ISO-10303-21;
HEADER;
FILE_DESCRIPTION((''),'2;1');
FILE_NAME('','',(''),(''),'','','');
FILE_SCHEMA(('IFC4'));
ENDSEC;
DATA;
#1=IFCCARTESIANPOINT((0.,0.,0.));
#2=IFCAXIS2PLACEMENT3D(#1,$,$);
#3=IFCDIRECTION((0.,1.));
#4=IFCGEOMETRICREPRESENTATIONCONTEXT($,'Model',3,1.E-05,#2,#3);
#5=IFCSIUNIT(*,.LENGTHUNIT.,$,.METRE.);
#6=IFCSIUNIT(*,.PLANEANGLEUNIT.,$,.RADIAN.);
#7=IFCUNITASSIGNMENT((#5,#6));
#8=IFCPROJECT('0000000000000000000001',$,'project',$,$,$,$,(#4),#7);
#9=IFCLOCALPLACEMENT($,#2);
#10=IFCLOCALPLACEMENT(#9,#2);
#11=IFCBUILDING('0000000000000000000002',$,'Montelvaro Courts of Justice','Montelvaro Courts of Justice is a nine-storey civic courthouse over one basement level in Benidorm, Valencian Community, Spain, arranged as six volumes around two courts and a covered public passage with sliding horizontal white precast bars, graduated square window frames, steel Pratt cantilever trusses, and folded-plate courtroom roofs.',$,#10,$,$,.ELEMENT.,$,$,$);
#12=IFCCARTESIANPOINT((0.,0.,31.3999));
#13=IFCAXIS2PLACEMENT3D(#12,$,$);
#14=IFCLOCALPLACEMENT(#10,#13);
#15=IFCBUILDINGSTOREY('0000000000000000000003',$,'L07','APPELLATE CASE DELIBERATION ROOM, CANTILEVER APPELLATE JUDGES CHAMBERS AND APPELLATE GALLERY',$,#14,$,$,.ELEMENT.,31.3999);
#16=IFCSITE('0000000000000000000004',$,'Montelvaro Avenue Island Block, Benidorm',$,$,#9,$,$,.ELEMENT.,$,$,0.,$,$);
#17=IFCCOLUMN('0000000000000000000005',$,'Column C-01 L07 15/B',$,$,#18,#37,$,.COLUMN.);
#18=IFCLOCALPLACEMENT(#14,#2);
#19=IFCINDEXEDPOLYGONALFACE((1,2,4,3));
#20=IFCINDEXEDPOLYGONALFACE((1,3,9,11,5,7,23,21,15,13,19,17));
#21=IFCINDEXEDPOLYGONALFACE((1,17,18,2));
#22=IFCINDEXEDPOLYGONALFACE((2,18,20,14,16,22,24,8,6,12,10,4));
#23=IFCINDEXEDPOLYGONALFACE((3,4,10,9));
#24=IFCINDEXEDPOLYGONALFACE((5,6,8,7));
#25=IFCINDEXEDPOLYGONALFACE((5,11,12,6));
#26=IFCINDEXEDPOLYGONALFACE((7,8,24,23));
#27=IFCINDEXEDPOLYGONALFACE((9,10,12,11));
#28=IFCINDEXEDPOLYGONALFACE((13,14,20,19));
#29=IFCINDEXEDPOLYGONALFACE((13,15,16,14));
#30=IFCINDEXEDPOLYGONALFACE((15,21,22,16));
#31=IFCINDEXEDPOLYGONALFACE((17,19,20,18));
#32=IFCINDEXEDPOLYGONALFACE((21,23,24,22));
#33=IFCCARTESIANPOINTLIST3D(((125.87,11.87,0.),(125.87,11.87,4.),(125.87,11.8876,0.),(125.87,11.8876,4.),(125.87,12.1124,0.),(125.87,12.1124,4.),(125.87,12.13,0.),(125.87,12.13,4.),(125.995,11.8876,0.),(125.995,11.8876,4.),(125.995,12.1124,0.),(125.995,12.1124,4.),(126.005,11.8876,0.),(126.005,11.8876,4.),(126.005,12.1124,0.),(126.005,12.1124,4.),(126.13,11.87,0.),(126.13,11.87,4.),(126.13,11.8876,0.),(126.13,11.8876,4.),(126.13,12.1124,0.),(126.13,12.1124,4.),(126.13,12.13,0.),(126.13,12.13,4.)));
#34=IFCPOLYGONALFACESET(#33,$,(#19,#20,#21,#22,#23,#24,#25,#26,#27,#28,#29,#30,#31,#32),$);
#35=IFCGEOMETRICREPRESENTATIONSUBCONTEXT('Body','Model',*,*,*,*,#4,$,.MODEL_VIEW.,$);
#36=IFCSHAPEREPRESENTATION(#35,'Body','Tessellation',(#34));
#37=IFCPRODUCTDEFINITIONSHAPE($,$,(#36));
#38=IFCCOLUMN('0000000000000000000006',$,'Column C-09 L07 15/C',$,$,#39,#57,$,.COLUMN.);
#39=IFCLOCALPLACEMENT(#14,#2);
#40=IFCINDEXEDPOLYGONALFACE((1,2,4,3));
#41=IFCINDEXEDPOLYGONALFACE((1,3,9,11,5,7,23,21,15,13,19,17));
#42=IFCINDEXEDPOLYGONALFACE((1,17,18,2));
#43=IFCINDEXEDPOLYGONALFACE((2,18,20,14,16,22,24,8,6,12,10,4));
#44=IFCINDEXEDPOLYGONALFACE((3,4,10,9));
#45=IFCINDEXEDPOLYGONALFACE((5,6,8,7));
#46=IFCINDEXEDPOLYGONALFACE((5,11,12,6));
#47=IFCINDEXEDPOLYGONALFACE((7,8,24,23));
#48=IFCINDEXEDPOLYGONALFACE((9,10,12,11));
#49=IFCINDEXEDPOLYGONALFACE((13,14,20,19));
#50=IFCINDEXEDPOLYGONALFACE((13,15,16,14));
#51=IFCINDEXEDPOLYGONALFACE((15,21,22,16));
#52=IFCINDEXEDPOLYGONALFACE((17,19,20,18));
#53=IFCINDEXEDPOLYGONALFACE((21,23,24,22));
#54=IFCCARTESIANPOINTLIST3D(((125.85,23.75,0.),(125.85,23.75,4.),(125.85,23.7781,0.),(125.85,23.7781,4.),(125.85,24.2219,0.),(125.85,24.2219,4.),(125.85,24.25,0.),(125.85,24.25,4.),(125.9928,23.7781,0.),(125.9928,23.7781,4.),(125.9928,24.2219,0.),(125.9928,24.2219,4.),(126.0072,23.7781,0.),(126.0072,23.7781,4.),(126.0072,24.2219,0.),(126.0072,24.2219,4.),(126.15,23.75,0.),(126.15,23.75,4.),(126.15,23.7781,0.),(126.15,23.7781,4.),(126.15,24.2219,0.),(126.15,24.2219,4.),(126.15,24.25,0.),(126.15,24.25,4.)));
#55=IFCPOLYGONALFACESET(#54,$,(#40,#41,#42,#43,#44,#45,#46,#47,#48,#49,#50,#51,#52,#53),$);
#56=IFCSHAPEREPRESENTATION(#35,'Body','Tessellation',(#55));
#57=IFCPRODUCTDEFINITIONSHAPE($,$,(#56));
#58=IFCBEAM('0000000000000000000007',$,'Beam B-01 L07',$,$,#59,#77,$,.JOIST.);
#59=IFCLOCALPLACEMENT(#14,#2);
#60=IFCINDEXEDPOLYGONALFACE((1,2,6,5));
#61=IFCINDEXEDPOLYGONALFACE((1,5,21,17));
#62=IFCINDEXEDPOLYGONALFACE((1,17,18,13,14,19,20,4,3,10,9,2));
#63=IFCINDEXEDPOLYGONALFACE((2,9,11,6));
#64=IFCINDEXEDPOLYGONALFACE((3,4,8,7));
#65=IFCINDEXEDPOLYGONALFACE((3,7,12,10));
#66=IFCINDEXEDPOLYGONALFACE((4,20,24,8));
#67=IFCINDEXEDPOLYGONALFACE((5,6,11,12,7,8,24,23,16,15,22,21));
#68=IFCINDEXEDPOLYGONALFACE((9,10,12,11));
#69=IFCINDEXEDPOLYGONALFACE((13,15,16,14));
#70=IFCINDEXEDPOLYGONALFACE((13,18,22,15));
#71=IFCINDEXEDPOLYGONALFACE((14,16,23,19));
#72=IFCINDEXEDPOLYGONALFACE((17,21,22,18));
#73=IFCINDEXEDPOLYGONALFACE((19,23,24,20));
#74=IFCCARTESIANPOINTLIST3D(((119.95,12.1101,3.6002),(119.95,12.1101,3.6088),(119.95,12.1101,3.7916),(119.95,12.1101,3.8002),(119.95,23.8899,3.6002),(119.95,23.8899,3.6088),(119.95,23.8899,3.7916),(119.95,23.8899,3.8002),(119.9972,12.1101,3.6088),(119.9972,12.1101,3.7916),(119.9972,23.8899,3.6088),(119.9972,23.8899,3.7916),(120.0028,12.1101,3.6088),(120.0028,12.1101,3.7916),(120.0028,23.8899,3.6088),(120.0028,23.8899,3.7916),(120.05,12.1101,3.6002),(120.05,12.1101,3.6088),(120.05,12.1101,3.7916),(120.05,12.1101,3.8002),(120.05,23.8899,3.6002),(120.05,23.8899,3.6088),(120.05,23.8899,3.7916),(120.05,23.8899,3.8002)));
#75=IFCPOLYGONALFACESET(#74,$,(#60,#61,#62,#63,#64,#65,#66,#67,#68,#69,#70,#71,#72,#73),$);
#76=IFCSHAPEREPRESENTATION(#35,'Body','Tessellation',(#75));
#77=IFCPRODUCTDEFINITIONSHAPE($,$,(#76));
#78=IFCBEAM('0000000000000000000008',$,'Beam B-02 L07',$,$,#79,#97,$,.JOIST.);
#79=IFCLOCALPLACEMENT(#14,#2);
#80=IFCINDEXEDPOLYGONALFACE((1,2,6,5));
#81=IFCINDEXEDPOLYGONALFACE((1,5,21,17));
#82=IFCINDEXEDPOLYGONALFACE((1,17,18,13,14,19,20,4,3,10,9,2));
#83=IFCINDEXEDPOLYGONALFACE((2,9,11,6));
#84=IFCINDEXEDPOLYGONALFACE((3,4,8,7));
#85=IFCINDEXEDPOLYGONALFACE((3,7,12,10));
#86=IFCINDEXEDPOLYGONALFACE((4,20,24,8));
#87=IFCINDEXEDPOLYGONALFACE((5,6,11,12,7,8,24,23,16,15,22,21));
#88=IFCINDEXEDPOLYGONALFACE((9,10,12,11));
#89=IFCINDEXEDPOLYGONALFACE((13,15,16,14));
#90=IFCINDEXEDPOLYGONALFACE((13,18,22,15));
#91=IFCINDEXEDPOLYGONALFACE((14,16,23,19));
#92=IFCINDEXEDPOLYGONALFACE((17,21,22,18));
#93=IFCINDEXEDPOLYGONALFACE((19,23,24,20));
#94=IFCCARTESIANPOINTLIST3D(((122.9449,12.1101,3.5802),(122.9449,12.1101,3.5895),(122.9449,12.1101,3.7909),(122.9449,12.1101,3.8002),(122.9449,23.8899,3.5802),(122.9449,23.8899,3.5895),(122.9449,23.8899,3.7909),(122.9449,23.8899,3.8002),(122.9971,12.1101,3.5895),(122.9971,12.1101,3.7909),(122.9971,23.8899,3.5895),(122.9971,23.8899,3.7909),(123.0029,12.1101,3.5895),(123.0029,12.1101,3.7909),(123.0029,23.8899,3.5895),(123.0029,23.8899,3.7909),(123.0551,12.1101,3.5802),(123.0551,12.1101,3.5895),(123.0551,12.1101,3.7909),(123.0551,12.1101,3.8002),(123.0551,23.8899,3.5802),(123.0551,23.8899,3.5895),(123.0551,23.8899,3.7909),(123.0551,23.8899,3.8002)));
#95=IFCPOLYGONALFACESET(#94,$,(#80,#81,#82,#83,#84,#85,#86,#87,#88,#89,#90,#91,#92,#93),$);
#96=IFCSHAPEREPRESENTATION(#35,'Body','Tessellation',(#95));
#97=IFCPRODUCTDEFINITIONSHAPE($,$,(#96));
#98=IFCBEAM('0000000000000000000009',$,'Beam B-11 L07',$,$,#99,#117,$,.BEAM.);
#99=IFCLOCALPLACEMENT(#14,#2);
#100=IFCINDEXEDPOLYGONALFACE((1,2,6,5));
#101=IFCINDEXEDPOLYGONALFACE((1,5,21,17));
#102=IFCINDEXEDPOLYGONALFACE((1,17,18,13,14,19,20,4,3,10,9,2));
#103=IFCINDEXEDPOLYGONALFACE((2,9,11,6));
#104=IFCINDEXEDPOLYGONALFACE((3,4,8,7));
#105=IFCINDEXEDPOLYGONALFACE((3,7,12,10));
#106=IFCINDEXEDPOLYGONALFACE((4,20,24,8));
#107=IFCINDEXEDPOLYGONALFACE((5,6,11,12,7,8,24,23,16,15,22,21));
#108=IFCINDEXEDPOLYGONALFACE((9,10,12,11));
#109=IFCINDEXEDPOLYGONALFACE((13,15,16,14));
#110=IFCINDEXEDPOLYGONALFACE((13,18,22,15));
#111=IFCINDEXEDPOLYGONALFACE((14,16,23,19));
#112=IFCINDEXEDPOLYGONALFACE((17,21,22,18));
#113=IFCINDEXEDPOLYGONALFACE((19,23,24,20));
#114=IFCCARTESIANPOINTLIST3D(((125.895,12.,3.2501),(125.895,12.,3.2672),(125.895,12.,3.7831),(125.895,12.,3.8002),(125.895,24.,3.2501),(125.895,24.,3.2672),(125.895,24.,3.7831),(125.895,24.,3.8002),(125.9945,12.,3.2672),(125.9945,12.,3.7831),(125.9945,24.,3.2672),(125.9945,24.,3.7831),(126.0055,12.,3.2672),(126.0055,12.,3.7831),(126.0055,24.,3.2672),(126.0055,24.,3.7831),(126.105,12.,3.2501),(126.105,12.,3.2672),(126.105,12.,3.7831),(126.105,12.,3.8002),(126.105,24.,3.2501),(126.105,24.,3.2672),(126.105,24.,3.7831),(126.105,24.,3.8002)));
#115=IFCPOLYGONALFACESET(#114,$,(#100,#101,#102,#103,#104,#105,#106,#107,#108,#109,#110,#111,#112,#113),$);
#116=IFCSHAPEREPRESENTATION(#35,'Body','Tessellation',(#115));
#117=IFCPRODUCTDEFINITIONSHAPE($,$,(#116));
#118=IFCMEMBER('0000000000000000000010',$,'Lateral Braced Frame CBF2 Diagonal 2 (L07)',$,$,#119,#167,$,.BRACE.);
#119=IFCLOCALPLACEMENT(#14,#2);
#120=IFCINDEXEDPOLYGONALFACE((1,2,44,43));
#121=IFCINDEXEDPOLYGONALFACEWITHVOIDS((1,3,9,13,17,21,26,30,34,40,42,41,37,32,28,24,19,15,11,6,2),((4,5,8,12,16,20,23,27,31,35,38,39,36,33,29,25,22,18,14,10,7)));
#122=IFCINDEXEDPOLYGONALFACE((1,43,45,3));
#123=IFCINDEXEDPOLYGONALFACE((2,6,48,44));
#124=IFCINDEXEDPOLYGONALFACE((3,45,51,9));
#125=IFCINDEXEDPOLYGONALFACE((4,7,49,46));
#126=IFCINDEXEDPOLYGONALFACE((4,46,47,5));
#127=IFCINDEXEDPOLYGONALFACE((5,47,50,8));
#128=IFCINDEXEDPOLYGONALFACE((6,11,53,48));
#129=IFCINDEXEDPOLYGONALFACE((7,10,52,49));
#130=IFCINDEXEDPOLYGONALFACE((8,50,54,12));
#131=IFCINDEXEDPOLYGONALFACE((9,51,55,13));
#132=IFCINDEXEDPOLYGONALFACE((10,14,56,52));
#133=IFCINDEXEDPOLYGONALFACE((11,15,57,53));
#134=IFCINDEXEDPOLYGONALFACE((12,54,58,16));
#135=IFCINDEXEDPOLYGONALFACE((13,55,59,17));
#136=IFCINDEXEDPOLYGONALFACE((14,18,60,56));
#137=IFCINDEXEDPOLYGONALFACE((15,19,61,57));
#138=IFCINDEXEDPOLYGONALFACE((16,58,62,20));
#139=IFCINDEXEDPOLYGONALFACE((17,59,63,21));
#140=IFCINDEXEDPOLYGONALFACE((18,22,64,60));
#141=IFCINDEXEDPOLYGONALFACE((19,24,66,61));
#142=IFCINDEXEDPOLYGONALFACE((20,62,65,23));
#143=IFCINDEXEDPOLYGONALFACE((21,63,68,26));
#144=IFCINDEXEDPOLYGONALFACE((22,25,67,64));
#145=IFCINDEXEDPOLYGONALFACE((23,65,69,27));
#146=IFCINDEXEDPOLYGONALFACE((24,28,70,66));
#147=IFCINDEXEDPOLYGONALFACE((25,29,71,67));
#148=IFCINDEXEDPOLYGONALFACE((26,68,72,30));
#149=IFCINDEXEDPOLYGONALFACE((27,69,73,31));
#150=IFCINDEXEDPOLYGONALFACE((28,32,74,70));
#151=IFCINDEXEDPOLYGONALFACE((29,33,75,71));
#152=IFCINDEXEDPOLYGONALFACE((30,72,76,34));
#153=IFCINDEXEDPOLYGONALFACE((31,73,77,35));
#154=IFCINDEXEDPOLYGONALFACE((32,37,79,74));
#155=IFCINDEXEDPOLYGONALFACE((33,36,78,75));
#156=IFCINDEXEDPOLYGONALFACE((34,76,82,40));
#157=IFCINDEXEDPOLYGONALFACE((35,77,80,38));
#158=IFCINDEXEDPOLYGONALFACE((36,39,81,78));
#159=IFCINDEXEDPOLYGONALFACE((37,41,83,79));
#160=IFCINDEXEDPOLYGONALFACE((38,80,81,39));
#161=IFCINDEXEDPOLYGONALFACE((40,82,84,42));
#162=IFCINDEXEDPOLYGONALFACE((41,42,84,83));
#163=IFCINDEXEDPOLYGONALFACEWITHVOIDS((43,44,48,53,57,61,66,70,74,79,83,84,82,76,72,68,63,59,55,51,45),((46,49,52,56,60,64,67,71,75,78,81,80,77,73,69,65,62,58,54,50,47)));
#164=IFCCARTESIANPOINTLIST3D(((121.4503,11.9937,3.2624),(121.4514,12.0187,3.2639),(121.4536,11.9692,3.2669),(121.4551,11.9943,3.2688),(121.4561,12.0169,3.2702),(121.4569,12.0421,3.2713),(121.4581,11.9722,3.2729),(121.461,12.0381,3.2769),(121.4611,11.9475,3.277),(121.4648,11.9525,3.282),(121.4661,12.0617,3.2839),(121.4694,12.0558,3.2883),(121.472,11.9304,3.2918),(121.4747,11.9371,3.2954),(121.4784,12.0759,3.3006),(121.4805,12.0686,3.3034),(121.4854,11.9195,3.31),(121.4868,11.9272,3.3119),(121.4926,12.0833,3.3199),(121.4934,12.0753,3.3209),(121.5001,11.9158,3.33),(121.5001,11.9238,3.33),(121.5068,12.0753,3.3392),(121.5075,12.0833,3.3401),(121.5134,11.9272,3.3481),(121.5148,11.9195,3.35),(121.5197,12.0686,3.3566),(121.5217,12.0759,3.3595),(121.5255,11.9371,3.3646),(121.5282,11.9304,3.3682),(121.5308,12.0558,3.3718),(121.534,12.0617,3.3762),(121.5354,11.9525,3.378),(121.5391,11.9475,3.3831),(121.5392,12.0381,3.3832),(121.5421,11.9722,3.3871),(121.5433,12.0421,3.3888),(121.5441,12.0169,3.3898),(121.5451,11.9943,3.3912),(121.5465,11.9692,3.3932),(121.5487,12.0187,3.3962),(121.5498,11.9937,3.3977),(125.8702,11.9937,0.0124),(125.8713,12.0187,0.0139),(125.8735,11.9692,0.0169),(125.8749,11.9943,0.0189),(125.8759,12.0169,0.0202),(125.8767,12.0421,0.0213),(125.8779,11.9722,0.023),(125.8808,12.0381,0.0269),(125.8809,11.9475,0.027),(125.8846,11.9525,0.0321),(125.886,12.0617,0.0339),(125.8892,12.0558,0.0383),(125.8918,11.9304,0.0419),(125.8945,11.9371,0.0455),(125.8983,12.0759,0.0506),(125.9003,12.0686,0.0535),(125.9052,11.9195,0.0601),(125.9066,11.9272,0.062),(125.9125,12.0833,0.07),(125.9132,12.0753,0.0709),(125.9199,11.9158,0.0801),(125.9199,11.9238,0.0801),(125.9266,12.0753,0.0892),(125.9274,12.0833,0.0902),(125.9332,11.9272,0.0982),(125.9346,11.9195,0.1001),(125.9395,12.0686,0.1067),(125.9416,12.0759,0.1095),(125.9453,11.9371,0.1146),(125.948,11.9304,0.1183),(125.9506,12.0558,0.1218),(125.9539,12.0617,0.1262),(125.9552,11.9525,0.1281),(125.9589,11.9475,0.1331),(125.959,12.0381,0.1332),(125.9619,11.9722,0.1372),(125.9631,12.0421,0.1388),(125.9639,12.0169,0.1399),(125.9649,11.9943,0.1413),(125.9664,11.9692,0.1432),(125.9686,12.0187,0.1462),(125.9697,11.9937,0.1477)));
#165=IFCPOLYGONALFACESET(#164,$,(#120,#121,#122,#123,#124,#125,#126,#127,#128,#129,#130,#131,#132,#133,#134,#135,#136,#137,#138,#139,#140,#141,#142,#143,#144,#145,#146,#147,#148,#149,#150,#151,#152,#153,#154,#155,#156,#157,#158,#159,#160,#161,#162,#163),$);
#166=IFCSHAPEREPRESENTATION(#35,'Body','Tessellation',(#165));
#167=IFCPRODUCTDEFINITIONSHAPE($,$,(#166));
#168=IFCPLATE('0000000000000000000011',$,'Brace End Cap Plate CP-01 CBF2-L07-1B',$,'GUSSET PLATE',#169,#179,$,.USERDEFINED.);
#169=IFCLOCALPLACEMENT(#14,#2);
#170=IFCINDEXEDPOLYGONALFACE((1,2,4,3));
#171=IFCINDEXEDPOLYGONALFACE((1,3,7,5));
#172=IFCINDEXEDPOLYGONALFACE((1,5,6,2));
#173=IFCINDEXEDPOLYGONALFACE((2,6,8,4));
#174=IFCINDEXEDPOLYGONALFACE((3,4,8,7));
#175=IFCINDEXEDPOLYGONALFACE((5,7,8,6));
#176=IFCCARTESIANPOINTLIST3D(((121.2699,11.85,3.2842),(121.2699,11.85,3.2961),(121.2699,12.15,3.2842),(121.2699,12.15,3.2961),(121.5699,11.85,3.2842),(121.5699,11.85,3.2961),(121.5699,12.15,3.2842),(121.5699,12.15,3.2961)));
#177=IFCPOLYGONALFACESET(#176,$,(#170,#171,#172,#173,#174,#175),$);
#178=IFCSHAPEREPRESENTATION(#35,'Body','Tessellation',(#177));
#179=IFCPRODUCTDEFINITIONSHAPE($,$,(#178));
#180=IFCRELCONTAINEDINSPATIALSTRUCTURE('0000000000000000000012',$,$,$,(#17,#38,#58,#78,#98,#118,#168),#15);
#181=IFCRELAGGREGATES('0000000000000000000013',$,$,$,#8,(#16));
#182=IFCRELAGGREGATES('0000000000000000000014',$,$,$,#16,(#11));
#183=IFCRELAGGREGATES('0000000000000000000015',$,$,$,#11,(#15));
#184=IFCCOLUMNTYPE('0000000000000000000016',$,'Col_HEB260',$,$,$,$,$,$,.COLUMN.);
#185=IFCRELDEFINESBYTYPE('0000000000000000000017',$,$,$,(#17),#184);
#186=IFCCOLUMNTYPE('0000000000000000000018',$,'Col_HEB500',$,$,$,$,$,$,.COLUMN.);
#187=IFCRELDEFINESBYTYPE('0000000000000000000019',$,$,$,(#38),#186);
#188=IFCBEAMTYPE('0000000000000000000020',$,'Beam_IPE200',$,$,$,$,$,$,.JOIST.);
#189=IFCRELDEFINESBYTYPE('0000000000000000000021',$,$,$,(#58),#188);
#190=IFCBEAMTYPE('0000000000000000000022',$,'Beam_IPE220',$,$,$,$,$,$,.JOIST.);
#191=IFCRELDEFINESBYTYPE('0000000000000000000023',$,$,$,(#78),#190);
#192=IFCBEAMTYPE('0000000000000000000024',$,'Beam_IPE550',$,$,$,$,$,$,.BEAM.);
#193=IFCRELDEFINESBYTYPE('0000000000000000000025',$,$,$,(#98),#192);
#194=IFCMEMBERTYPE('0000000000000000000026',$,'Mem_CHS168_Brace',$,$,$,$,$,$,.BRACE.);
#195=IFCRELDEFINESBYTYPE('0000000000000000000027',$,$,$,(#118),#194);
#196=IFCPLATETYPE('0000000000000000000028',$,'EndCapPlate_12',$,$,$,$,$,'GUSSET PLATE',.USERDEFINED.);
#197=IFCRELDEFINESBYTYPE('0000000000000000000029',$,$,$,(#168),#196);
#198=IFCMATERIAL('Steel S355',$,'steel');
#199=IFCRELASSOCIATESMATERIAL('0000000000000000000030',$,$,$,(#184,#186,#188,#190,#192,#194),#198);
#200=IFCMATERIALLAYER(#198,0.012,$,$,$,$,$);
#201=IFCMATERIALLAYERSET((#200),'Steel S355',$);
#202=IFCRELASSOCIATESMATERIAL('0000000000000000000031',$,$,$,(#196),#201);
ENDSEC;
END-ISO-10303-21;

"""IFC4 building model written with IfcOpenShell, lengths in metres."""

from ifc_helpers import new_model, si_unit, direction, frame, origin, origin_2d, place, context, subcontext, project, spatial, rectangle, hollow_circle, i_section, extrude, material, layer, layer_set, material_profile, profile_set, type_object, element, save


model = new_model("IFC4")

# Units and contexts
model_context = context("Model", 3, precision=1e-05, world=origin(), true_north=direction((0.0, 1.0)))
body_context = subcontext(model_context, "Body", "Model", "MODEL_VIEW")
ifc_project = project(units=[si_unit("LENGTHUNIT", "METRE"), si_unit("PLANEANGLEUNIT", "RADIAN")], contexts=[model_context])

# Site, building, storey
site_placement = place(None, origin())
site = spatial("IfcSite", under=ifc_project, at=site_placement, Name="Montelvaro Avenue Island Block, Benidorm", CompositionType="ELEMENT", RefElevation=0.0)
building_placement = place(site_placement, origin())
building = spatial("IfcBuilding", under=site, at=building_placement, Name="Montelvaro Courts of Justice", Description="Montelvaro Courts of Justice is a nine-storey civic courthouse over one basement level in Benidorm, Valencian Community, Spain, arranged as six volumes around two courts and a covered public passage with sliding horizontal white precast bars, graduated square window frames, steel Pratt cantilever trusses, and folded-plate courtroom roofs.", CompositionType="ELEMENT")
storey_placement = place(building_placement, frame((0.0, 0.0, 31.3999)))
storey = spatial("IfcBuildingStorey", under=building, at=storey_placement, Name="L07", Description="APPELLATE CASE DELIBERATION ROOM, CANTILEVER APPELLATE JUDGES CHAMBERS AND APPELLATE GALLERY", CompositionType="ELEMENT", Elevation=31.3999)

# Columns
ifc_material_1 = material(Name="Steel S355", Category="steel")
ifc_material_profile_1 = material_profile(ifc_material_1, i_section(OverallWidth=0.26, OverallDepth=0.26, WebThickness=0.01, FlangeThickness=0.0176, at=origin_2d()), Name="HEB 260")
ifc_profile_set_1 = profile_set([ifc_material_profile_1], Name="Steel S355")
column_type_1 = type_object("IfcColumnType", Name="Col_HEB260", PredefinedType="COLUMN", material=ifc_profile_set_1)
column_1_placement = place(storey_placement, frame((126.0, 12.0, 0.0), z_axis=(0.0, 0.0, 1.0), x_axis=(1.0, 0.0, 0.0)))
element("IfcColumn", 1, at=column_1_placement, inside=storey, type_object=column_type_1, Name="Column C-01 L07 15/B", PredefinedType="COLUMN", context=body_context, shape_type="SweptSolid", body=[
    extrude(i_section(OverallWidth=0.26, OverallDepth=0.26, WebThickness=0.01, FlangeThickness=0.0176, at=origin_2d()), origin(), (0.0, 0.0, 1.0), 4.0),
])
ifc_material_profile_2 = material_profile(ifc_material_1, i_section(OverallWidth=0.3, OverallDepth=0.5, WebThickness=0.0144, FlangeThickness=0.0281, at=origin_2d()), Name="HEB 500")
ifc_profile_set_2 = profile_set([ifc_material_profile_2], Name="Steel S355")
column_type_2 = type_object("IfcColumnType", Name="Col_HEB500", PredefinedType="COLUMN", material=ifc_profile_set_2)
column_2_placement = place(storey_placement, frame((126.0, 24.0, 0.0), z_axis=(0.0, 0.0, 1.0), x_axis=(1.0, 0.0, 0.0)))
element("IfcColumn", 2, at=column_2_placement, inside=storey, type_object=column_type_2, Name="Column C-09 L07 15/C", PredefinedType="COLUMN", context=body_context, shape_type="SweptSolid", body=[
    extrude(i_section(OverallWidth=0.3, OverallDepth=0.5, WebThickness=0.0144, FlangeThickness=0.0281, at=origin_2d()), origin(), (0.0, 0.0, 1.0), 4.0),
])

# Beams
ifc_material_profile_3 = material_profile(ifc_material_1, i_section(OverallWidth=0.1001, OverallDepth=0.2, WebThickness=0.0056, FlangeThickness=0.0085, at=origin_2d()), Name="IPE 200")
ifc_profile_set_3 = profile_set([ifc_material_profile_3], Name="Steel S355")
beam_type_1 = type_object("IfcBeamType", Name="Beam_IPE200", PredefinedType="JOIST", material=ifc_profile_set_3)
beam_1_placement = place(storey_placement, frame((120.0, 12.1101, 3.7002), z_axis=(0.0, 1.0, 0.0), x_axis=(-1.0, 0.0, 0.0)))
element("IfcBeam", 3, at=beam_1_placement, inside=storey, type_object=beam_type_1, Name="Beam B-01 L07", PredefinedType="JOIST", context=body_context, shape_type="SweptSolid", body=[
    extrude(i_section(OverallWidth=0.1001, OverallDepth=0.2, WebThickness=0.0056, FlangeThickness=0.0085, at=origin_2d()), origin(), (0.0, 0.0, 1.0), 11.7798),
])
ifc_material_profile_4 = material_profile(ifc_material_1, i_section(OverallWidth=0.1101, OverallDepth=0.22, WebThickness=0.0059, FlangeThickness=0.0093, at=origin_2d()), Name="IPE 220")
ifc_profile_set_4 = profile_set([ifc_material_profile_4], Name="Steel S355")
beam_type_2 = type_object("IfcBeamType", Name="Beam_IPE220", PredefinedType="JOIST", material=ifc_profile_set_4)
beam_2_placement = place(storey_placement, frame((123.0, 12.1101, 3.6902), z_axis=(0.0, 1.0, 0.0), x_axis=(-1.0, 0.0, 0.0)))
element("IfcBeam", 4, at=beam_2_placement, inside=storey, type_object=beam_type_2, Name="Beam B-02 L07", PredefinedType="JOIST", context=body_context, shape_type="SweptSolid", body=[
    extrude(i_section(OverallWidth=0.1101, OverallDepth=0.22, WebThickness=0.0059, FlangeThickness=0.0093, at=origin_2d()), origin(), (0.0, 0.0, 1.0), 11.7798),
])
ifc_material_profile_5 = material_profile(ifc_material_1, i_section(OverallWidth=0.21, OverallDepth=0.55, WebThickness=0.011, FlangeThickness=0.0171, at=origin_2d()), Name="IPE 550")
ifc_profile_set_5 = profile_set([ifc_material_profile_5], Name="Steel S355")
beam_type_3 = type_object("IfcBeamType", Name="Beam_IPE550", PredefinedType="BEAM", material=ifc_profile_set_5)
beam_3_placement = place(storey_placement, frame((126.0, 12.0, 3.5251), z_axis=(0.0, 1.0, 0.0), x_axis=(-1.0, 0.0, 0.0)))
element("IfcBeam", 5, at=beam_3_placement, inside=storey, type_object=beam_type_3, Name="Beam B-11 L07", PredefinedType="BEAM", context=body_context, shape_type="SweptSolid", body=[
    extrude(i_section(OverallWidth=0.21, OverallDepth=0.55, WebThickness=0.011, FlangeThickness=0.0171, at=origin_2d()), origin(), (0.0, 0.0, 1.0), 12.0),
])

# Member
ifc_material_profile_6 = material_profile(ifc_material_1, hollow_circle(Radius=0.0842, WallThickness=0.0081, at=origin_2d()), Name="CHS 168.3x8")
ifc_profile_set_6 = profile_set([ifc_material_profile_6], Name="Steel S355")
member_type = type_object("IfcMemberType", Name="Mem_CHS168_Brace", PredefinedType="BRACE", material=ifc_profile_set_6)
member_placement = place(storey_placement, frame((125.9199, 12.0, 0.0801), z_axis=(-0.805646, 0.0, 0.592397), x_axis=(0.0, -1.0, 0.0)))
element("IfcMember", 6, at=member_placement, inside=storey, type_object=member_type, Name="Lateral Braced Frame CBF2 Diagonal 2 (L07)", PredefinedType="BRACE", context=body_context, shape_type="SweptSolid", body=[
    extrude(hollow_circle(Radius=0.0842, WallThickness=0.0081, at=origin_2d()), origin(), (0.0, 0.0, 1.0), 5.4861),
])

# Plate
ifc_layer_1 = layer(ifc_material_1, 0.012)
ifc_layer_set_1 = layer_set([ifc_layer_1], Name="Steel S355")
plate_type_1 = type_object("IfcPlateType", Name="EndCapPlate_12", ElementType="GUSSET PLATE", PredefinedType="USERDEFINED", material=ifc_layer_set_1)
for number, where, z_axis, x_axis, name in (
    (7, (121.4199, 12.0, 3.2842), (0.0, 0.0, 1.0), (1.0, 0.0, 0.0), "Brace End Cap Plate CP-01 CBF2-L07-1B"),
):
    element("IfcPlate", number, at=place(storey_placement, frame(where, z_axis=z_axis, x_axis=x_axis)), inside=storey, type_object=plate_type_1, Name=name, ObjectType="GUSSET PLATE", PredefinedType="USERDEFINED", context=body_context, shape_type="SweptSolid", body=[
        extrude(rectangle(XDim=0.3, YDim=0.3, at=origin_2d()), origin(), (0.0, 0.0, 1.0), 0.012),
    ])

save(model, "model.ifc")
